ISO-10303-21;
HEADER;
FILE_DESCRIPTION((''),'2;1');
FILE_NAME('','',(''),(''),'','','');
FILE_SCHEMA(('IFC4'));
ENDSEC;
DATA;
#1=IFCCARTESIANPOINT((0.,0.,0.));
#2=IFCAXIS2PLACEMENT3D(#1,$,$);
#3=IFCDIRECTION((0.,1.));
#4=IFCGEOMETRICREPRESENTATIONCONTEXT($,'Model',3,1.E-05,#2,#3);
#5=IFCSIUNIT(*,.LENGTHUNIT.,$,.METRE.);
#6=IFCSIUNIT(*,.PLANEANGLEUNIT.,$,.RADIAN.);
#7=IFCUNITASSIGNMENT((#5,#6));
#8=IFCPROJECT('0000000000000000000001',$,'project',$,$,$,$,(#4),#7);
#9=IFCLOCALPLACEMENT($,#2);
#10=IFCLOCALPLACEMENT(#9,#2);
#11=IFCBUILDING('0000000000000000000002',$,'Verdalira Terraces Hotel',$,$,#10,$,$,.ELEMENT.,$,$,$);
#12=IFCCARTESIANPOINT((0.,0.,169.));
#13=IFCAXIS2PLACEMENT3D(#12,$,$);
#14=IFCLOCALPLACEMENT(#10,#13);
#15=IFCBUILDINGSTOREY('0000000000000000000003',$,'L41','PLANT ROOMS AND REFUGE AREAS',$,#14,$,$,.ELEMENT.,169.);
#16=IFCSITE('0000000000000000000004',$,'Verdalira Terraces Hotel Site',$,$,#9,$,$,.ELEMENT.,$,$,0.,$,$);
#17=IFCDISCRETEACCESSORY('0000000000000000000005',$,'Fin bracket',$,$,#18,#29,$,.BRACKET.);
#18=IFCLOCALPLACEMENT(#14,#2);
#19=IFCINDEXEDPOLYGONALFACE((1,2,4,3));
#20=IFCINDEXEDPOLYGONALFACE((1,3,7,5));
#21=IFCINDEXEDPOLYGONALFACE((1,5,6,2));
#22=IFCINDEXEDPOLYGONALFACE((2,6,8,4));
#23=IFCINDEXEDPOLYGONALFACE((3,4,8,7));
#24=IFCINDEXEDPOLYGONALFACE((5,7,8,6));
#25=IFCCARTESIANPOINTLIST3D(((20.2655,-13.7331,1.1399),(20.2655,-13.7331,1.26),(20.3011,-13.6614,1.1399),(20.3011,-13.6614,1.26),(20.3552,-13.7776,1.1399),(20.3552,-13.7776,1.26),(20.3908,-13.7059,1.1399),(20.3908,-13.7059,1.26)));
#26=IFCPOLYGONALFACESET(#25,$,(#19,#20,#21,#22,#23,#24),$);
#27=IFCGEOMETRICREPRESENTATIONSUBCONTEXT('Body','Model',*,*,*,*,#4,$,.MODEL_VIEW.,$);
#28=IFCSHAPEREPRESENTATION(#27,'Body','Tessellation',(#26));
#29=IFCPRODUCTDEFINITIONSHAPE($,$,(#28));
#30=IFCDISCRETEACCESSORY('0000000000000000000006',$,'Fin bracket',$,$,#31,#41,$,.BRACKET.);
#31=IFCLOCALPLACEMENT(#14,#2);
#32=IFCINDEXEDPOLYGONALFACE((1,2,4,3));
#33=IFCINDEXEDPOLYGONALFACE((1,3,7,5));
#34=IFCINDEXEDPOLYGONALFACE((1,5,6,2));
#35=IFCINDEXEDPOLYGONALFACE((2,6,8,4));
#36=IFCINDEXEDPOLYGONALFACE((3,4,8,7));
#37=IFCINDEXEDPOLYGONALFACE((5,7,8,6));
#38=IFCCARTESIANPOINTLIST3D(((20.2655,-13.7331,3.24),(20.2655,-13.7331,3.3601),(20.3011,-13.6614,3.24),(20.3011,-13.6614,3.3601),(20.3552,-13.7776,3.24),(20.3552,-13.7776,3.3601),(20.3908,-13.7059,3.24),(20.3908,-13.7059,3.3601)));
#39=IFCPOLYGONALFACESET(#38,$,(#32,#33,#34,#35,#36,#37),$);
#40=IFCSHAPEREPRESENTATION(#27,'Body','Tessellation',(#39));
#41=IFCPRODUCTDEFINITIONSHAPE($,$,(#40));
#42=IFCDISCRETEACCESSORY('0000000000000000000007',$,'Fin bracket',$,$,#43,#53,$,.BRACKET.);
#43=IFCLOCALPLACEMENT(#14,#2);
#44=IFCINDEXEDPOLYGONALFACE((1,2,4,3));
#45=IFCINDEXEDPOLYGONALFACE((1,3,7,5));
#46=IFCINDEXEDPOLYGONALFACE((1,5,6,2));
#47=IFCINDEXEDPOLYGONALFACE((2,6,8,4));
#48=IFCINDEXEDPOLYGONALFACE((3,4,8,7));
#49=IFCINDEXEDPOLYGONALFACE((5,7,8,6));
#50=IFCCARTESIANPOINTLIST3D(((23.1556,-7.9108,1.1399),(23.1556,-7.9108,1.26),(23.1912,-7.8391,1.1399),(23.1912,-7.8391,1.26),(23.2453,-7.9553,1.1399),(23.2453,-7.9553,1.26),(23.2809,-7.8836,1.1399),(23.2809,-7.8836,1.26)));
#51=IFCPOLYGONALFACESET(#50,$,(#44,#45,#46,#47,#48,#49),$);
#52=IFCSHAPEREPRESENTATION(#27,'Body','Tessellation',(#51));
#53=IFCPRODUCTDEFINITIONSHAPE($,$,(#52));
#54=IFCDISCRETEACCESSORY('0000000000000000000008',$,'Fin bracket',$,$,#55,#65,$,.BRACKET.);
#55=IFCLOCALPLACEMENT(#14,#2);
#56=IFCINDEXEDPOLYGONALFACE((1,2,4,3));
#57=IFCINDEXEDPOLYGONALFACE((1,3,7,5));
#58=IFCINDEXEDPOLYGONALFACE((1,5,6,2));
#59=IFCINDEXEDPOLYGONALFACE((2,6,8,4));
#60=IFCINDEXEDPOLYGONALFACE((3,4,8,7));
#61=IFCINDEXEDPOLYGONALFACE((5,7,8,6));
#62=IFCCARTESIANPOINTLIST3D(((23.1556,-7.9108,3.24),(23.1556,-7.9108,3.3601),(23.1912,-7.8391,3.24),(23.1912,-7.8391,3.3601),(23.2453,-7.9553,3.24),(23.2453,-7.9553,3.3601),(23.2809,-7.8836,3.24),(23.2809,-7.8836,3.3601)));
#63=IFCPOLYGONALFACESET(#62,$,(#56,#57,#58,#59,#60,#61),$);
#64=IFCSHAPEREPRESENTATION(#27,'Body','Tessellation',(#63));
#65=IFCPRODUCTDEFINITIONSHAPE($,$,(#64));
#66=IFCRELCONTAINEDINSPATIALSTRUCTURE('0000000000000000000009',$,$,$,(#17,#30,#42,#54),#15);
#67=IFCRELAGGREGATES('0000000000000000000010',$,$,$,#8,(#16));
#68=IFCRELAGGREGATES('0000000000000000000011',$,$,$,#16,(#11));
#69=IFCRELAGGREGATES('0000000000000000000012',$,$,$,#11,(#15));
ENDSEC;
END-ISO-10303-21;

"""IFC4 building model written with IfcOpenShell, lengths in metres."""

from ifc_helpers import new_model, si_unit, direction, frame, origin, origin_2d, place, context, subcontext, project, spatial, rectangle, extrude, element, save


model = new_model("IFC4")

# Units and contexts
model_context = context("Model", 3, precision=1e-05, world=origin(), true_north=direction((0.0, 1.0)))
body_context = subcontext(model_context, "Body", "Model", "MODEL_VIEW")
ifc_project = project(units=[si_unit("LENGTHUNIT", "METRE"), si_unit("PLANEANGLEUNIT", "RADIAN")], contexts=[model_context])

# Site, building, storey
site_placement = place(None, origin())
site = spatial("IfcSite", under=ifc_project, at=site_placement, Name="Verdalira Terraces Hotel Site", CompositionType="ELEMENT", RefElevation=0.0)
building_placement = place(site_placement, origin())
building = spatial("IfcBuilding", under=site, at=building_placement, Name="Verdalira Terraces Hotel", CompositionType="ELEMENT")
storey_placement = place(building_placement, frame((0.0, 0.0, 169.0)))
storey = spatial("IfcBuildingStorey", under=building, at=storey_placement, Name="L41", Description="PLANT ROOMS AND REFUGE AREAS", CompositionType="ELEMENT", Elevation=169.0)

# Discrete accessories
for number, where, z_axis, x_axis, name in (
    (1, (20.3281, -13.7195, 1.1399), (0.0, 0.0, 1.0), (0.444635, 0.895712, 0.0), "Fin bracket"),
    (2, (20.3281, -13.7195, 3.24), (0.0, 0.0, 1.0), (0.444635, 0.895712, 0.0), "Fin bracket"),
    (3, (23.2183, -7.8972, 1.1399), (0.0, 0.0, 1.0), (0.444635, 0.895712, 0.0), "Fin bracket"),
    (4, (23.2183, -7.8972, 3.24), (0.0, 0.0, 1.0), (0.444635, 0.895712, 0.0), "Fin bracket"),
):
    element("IfcDiscreteAccessory", number, at=place(storey_placement, frame(where, z_axis=z_axis, x_axis=x_axis)), inside=storey, Name=name, PredefinedType="BRACKET", context=body_context, shape_type="SweptSolid", body=[
        extrude(rectangle(XDim=0.0801, YDim=0.1001, at=origin_2d()), origin(), (0.0, 0.0, 1.0), 0.1201),
    ])

save(model, "model.ifc")
